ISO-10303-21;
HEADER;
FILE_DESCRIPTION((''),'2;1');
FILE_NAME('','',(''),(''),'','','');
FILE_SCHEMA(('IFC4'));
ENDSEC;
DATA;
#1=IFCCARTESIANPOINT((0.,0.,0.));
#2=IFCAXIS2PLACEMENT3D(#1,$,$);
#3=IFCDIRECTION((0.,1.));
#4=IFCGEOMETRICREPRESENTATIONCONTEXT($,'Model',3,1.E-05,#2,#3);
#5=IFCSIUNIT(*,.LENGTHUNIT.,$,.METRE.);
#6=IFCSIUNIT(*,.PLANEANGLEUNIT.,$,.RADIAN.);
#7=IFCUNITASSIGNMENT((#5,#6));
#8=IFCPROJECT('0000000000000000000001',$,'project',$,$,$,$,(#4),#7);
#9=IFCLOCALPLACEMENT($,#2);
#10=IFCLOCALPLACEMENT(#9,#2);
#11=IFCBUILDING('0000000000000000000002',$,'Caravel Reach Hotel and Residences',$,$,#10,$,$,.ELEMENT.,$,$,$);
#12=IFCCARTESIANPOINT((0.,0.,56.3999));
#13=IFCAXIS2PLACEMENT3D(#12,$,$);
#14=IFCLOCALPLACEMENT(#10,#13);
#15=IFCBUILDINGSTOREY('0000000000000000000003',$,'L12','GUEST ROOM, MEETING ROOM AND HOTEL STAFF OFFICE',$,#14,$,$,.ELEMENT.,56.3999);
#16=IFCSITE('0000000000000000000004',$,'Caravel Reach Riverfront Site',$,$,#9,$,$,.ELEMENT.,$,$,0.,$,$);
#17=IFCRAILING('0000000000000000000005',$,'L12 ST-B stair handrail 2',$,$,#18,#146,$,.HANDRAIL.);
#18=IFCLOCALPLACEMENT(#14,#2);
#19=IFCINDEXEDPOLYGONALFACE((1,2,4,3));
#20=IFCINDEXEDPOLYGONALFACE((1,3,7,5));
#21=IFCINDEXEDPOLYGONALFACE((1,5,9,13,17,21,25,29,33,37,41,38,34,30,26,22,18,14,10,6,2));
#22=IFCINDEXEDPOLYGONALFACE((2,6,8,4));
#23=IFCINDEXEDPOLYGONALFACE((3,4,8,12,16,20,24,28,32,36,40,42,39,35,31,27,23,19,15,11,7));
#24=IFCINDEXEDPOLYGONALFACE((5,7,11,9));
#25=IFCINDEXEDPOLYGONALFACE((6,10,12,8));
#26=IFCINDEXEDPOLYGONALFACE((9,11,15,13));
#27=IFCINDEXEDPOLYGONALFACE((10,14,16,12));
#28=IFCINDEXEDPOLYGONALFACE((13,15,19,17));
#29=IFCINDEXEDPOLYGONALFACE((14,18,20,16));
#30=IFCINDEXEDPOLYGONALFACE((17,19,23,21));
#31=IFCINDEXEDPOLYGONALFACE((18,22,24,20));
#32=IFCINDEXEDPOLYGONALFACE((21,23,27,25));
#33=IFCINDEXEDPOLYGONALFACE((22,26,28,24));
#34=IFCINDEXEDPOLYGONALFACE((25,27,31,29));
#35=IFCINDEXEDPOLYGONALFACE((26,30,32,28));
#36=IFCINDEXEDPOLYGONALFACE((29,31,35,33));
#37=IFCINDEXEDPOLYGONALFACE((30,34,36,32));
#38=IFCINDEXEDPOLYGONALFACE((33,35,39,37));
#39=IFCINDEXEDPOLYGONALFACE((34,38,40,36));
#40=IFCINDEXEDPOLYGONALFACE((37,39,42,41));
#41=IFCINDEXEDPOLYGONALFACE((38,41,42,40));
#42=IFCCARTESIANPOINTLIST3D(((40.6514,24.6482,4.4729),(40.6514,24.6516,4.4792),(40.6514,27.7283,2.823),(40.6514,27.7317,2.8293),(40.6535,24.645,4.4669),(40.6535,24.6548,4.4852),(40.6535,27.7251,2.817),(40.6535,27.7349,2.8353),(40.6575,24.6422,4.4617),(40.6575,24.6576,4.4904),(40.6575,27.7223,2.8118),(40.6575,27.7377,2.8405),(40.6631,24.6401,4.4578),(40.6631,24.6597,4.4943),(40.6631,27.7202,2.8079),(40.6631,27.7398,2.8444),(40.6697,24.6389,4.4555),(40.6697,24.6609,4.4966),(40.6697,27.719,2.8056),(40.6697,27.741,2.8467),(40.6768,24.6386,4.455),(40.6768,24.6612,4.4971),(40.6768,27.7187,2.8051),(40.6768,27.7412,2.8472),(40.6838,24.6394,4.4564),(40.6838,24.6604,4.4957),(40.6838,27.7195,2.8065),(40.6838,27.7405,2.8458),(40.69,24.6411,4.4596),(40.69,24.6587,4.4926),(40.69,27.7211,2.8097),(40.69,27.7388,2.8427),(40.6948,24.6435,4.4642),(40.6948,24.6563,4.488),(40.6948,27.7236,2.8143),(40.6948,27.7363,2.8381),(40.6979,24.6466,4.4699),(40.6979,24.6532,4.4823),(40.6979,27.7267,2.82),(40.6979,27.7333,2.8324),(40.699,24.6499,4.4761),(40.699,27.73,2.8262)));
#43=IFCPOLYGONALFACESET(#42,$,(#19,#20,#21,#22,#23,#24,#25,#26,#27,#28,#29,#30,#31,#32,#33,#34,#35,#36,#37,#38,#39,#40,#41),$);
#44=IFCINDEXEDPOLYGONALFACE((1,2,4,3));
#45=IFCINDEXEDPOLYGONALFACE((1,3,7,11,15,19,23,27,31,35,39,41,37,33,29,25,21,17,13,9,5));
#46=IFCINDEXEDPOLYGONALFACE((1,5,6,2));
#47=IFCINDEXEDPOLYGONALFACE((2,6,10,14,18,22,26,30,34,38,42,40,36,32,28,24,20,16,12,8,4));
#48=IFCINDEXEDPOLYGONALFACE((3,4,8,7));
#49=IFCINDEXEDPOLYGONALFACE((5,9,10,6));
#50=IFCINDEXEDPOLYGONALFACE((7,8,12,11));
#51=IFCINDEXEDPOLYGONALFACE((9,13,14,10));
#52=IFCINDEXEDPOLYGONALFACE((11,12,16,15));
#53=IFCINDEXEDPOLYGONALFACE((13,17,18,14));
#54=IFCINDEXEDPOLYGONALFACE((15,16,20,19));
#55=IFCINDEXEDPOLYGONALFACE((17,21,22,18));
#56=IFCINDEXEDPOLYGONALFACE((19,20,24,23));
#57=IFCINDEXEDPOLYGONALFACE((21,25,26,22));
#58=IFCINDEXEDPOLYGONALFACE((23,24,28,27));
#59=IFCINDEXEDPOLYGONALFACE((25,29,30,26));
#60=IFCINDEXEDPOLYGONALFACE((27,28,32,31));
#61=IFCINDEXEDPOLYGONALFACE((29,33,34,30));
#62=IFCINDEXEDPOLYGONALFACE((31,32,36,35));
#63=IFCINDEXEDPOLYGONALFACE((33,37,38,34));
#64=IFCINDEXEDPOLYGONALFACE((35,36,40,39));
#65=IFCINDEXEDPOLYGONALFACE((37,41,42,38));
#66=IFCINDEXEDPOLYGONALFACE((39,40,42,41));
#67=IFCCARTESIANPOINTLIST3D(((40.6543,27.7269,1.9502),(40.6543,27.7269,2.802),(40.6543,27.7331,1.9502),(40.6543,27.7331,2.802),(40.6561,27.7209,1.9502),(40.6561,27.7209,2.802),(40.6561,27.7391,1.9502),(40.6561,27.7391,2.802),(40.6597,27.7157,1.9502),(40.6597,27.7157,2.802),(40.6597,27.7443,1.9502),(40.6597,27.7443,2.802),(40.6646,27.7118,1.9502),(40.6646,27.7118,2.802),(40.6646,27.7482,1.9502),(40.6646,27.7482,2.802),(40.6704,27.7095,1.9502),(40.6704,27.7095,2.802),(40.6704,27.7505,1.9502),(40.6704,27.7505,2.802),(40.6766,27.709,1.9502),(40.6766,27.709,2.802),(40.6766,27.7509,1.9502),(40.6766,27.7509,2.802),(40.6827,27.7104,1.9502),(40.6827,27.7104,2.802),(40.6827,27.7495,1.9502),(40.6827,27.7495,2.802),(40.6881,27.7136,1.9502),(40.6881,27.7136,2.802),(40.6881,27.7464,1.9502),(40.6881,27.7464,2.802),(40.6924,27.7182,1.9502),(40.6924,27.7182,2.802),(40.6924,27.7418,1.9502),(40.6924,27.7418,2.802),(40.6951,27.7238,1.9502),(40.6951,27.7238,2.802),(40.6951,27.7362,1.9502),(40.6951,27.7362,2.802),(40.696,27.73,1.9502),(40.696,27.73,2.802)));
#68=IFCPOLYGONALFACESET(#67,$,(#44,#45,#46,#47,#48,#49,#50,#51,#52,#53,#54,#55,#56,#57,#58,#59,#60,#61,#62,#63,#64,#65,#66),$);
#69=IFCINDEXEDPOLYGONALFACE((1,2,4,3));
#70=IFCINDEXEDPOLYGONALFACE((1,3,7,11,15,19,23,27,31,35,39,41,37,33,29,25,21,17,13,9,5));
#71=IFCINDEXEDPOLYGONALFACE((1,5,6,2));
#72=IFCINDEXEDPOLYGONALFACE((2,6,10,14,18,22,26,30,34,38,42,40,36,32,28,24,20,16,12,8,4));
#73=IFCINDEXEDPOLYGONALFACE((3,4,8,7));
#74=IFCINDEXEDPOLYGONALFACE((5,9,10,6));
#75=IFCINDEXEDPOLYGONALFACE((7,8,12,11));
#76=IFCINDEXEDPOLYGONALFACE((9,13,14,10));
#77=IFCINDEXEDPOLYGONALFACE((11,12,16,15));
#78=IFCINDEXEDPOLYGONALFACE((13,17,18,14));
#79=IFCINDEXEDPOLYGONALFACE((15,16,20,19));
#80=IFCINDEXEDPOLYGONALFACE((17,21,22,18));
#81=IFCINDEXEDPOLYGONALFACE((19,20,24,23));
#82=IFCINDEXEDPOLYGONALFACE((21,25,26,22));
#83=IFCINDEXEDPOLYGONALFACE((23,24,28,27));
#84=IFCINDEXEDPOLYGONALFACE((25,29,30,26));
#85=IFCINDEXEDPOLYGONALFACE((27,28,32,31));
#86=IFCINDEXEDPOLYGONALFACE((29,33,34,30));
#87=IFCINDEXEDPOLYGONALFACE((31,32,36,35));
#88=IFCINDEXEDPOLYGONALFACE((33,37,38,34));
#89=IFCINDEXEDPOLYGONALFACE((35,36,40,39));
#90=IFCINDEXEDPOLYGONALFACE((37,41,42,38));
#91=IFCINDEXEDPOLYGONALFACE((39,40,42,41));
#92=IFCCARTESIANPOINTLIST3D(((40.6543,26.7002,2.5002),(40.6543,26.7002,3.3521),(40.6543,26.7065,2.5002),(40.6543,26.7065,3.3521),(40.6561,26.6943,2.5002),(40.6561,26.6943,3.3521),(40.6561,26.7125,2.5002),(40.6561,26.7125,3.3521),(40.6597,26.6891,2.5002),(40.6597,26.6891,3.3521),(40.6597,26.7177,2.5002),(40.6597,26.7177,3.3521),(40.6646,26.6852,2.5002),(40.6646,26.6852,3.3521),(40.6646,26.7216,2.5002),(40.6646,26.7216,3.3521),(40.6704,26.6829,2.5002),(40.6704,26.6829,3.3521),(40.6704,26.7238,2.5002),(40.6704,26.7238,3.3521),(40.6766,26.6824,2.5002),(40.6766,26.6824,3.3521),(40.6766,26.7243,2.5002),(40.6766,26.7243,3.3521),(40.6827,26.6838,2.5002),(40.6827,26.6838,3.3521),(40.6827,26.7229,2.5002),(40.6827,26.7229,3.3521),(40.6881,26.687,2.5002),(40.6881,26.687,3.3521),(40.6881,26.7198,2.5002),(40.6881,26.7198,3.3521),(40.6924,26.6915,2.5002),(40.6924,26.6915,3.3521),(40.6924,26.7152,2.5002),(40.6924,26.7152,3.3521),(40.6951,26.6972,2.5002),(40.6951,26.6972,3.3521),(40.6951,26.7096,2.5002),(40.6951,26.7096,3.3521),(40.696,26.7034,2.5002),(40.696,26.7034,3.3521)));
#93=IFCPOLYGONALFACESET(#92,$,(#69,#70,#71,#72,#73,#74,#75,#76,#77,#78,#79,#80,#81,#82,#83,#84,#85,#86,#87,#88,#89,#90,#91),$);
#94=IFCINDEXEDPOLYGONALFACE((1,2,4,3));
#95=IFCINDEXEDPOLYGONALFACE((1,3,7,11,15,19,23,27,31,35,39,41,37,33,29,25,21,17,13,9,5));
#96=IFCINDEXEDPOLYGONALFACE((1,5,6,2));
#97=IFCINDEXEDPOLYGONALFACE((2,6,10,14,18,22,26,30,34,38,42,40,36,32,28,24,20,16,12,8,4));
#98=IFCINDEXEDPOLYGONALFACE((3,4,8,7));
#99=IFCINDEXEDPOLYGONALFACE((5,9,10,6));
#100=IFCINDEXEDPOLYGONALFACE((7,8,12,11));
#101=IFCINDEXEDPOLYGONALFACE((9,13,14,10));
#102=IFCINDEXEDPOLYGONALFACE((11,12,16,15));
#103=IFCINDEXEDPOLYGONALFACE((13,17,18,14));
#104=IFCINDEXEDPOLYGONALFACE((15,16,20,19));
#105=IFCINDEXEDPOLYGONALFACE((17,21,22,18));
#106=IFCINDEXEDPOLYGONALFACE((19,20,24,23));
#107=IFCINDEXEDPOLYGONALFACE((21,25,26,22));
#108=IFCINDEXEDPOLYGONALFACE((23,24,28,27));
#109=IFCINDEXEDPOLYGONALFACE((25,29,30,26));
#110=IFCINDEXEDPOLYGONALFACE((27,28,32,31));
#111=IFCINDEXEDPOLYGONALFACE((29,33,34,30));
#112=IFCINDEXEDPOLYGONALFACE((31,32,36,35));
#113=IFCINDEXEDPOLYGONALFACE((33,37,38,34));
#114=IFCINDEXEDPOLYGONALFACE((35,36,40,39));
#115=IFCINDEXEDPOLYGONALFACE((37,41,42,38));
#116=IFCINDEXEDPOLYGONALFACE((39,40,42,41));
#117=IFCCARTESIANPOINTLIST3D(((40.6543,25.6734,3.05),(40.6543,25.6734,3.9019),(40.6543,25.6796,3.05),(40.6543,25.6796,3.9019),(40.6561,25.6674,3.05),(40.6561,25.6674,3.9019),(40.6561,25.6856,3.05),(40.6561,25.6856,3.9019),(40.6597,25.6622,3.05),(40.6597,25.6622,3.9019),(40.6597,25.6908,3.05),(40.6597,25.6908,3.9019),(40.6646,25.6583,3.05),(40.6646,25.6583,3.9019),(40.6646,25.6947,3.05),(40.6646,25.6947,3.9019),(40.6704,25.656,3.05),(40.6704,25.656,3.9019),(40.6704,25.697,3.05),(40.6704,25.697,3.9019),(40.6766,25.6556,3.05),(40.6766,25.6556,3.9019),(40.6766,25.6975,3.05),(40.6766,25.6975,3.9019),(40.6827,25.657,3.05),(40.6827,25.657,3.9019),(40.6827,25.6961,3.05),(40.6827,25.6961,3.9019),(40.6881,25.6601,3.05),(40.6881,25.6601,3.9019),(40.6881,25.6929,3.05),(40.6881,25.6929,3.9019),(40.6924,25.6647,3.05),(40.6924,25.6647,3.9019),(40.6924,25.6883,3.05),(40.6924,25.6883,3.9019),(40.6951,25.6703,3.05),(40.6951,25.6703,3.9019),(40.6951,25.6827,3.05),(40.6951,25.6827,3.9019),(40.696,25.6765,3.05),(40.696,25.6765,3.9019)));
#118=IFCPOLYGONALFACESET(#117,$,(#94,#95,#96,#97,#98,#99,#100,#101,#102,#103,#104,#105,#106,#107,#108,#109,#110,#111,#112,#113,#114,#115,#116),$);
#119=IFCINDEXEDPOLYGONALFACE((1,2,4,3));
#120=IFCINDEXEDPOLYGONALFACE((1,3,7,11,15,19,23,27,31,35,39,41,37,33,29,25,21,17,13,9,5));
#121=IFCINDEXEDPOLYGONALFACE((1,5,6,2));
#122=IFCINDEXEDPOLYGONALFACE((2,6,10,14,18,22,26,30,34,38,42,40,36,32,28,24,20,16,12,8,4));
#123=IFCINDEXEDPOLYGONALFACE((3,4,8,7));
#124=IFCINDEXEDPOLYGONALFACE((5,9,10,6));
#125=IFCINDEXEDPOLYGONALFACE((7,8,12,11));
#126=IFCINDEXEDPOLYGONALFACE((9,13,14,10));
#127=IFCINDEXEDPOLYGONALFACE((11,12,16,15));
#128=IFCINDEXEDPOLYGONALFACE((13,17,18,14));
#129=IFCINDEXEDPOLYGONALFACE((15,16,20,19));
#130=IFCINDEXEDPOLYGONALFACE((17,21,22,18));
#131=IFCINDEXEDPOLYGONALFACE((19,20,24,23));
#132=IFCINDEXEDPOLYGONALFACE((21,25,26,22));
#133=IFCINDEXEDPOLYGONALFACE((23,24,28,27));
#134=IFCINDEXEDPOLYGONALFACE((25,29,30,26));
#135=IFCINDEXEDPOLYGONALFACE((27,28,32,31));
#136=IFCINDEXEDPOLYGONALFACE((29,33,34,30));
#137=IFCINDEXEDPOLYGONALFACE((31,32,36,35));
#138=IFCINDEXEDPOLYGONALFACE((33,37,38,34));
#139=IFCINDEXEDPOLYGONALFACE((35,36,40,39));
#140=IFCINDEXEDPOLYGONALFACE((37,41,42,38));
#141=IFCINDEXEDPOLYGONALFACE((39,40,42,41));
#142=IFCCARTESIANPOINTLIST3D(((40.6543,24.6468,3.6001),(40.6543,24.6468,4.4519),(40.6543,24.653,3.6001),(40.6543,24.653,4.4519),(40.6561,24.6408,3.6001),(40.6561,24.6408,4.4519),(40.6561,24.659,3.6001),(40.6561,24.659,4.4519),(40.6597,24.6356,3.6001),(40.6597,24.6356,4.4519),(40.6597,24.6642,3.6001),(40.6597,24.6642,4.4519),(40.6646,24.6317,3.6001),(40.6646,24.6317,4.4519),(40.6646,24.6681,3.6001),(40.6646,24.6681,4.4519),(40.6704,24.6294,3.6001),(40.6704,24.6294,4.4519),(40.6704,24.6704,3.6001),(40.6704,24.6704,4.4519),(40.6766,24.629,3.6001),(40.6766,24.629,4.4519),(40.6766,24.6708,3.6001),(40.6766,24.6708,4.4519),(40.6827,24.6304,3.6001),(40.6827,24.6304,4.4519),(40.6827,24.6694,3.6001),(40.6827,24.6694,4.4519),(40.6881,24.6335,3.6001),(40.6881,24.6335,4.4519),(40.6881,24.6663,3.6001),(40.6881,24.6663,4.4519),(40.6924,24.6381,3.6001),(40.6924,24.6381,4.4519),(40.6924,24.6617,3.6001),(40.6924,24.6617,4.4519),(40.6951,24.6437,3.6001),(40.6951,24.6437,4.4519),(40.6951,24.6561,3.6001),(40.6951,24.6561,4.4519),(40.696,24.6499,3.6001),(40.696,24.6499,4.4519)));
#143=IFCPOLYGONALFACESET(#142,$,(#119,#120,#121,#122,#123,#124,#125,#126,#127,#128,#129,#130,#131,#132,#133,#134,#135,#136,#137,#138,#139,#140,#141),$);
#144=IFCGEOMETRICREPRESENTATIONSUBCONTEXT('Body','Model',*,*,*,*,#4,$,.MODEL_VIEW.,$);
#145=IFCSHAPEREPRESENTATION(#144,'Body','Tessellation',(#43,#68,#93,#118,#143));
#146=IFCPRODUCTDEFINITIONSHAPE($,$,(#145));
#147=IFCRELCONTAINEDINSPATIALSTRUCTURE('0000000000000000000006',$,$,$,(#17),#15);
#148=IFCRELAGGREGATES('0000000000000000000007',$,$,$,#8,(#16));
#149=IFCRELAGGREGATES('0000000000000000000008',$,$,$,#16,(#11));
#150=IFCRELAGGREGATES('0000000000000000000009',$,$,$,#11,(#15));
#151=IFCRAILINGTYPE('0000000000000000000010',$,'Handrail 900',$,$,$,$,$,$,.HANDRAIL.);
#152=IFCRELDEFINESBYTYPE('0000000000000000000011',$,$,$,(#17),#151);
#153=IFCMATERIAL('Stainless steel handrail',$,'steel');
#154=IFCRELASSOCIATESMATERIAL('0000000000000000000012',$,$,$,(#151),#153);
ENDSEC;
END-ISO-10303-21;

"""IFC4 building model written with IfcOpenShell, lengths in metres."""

from ifc_helpers import new_model, si_unit, direction, frame, origin, origin_2d, place, context, subcontext, project, spatial, circle, extrude, material, type_object, element, save


model = new_model("IFC4")

# Units and contexts
model_context = context("Model", 3, precision=1e-05, world=origin(), true_north=direction((0.0, 1.0)))
body_context = subcontext(model_context, "Body", "Model", "MODEL_VIEW")
ifc_project = project(units=[si_unit("LENGTHUNIT", "METRE"), si_unit("PLANEANGLEUNIT", "RADIAN")], contexts=[model_context])

# Site, building, storey
site_placement = place(None, origin())
site = spatial("IfcSite", under=ifc_project, at=site_placement, Name="Caravel Reach Riverfront Site", CompositionType="ELEMENT", RefElevation=0.0)
building_placement = place(site_placement, origin())
building = spatial("IfcBuilding", under=site, at=building_placement, Name="Caravel Reach Hotel and Residences", CompositionType="ELEMENT")
storey_placement = place(building_placement, frame((0.0, 0.0, 56.3999)))
storey = spatial("IfcBuildingStorey", under=building, at=storey_placement, Name="L12", Description="GUEST ROOM, MEETING ROOM AND HOTEL STAFF OFFICE", CompositionType="ELEMENT", Elevation=56.3999)

# Railing
ifc_material_1 = material(Name="Stainless steel handrail", Category="steel")
railing_type_1 = type_object("IfcRailingType", Name="Handrail 900", PredefinedType="HANDRAIL", material=ifc_material_1)
railing_1_placement = place(storey_placement, frame((40.675, 27.73, 1.9502)))
element("IfcRailing", 1, at=railing_1_placement, inside=storey, type_object=railing_type_1, Name="L12 ST-B stair handrail 2", PredefinedType="HANDRAIL", context=body_context, shape_type="SweptSolid", body=[
    extrude(circle(Radius=0.0239, at=origin_2d()), frame((0.0, 0.0, 0.876), z_axis=(0.0, -0.881497, 0.47219), x_axis=(1.0, 0.0, 0.0)), (0.0, 0.0, 1.0), 3.4941),
    extrude(circle(Radius=0.021, at=origin_2d()), origin(), (0.0, 0.0, 1.0), 0.8518),
    extrude(circle(Radius=0.021, at=origin_2d()), frame((0.0, -1.0266, 0.55)), (0.0, 0.0, 1.0), 0.8518),
    extrude(circle(Radius=0.021, at=origin_2d()), frame((0.0, -2.0535, 1.0999)), (0.0, 0.0, 1.0), 0.8518),
    extrude(circle(Radius=0.021, at=origin_2d()), frame((0.0, -3.0801, 1.6499)), (0.0, 0.0, 1.0), 0.8518),
])

save(model, "model.ifc")
